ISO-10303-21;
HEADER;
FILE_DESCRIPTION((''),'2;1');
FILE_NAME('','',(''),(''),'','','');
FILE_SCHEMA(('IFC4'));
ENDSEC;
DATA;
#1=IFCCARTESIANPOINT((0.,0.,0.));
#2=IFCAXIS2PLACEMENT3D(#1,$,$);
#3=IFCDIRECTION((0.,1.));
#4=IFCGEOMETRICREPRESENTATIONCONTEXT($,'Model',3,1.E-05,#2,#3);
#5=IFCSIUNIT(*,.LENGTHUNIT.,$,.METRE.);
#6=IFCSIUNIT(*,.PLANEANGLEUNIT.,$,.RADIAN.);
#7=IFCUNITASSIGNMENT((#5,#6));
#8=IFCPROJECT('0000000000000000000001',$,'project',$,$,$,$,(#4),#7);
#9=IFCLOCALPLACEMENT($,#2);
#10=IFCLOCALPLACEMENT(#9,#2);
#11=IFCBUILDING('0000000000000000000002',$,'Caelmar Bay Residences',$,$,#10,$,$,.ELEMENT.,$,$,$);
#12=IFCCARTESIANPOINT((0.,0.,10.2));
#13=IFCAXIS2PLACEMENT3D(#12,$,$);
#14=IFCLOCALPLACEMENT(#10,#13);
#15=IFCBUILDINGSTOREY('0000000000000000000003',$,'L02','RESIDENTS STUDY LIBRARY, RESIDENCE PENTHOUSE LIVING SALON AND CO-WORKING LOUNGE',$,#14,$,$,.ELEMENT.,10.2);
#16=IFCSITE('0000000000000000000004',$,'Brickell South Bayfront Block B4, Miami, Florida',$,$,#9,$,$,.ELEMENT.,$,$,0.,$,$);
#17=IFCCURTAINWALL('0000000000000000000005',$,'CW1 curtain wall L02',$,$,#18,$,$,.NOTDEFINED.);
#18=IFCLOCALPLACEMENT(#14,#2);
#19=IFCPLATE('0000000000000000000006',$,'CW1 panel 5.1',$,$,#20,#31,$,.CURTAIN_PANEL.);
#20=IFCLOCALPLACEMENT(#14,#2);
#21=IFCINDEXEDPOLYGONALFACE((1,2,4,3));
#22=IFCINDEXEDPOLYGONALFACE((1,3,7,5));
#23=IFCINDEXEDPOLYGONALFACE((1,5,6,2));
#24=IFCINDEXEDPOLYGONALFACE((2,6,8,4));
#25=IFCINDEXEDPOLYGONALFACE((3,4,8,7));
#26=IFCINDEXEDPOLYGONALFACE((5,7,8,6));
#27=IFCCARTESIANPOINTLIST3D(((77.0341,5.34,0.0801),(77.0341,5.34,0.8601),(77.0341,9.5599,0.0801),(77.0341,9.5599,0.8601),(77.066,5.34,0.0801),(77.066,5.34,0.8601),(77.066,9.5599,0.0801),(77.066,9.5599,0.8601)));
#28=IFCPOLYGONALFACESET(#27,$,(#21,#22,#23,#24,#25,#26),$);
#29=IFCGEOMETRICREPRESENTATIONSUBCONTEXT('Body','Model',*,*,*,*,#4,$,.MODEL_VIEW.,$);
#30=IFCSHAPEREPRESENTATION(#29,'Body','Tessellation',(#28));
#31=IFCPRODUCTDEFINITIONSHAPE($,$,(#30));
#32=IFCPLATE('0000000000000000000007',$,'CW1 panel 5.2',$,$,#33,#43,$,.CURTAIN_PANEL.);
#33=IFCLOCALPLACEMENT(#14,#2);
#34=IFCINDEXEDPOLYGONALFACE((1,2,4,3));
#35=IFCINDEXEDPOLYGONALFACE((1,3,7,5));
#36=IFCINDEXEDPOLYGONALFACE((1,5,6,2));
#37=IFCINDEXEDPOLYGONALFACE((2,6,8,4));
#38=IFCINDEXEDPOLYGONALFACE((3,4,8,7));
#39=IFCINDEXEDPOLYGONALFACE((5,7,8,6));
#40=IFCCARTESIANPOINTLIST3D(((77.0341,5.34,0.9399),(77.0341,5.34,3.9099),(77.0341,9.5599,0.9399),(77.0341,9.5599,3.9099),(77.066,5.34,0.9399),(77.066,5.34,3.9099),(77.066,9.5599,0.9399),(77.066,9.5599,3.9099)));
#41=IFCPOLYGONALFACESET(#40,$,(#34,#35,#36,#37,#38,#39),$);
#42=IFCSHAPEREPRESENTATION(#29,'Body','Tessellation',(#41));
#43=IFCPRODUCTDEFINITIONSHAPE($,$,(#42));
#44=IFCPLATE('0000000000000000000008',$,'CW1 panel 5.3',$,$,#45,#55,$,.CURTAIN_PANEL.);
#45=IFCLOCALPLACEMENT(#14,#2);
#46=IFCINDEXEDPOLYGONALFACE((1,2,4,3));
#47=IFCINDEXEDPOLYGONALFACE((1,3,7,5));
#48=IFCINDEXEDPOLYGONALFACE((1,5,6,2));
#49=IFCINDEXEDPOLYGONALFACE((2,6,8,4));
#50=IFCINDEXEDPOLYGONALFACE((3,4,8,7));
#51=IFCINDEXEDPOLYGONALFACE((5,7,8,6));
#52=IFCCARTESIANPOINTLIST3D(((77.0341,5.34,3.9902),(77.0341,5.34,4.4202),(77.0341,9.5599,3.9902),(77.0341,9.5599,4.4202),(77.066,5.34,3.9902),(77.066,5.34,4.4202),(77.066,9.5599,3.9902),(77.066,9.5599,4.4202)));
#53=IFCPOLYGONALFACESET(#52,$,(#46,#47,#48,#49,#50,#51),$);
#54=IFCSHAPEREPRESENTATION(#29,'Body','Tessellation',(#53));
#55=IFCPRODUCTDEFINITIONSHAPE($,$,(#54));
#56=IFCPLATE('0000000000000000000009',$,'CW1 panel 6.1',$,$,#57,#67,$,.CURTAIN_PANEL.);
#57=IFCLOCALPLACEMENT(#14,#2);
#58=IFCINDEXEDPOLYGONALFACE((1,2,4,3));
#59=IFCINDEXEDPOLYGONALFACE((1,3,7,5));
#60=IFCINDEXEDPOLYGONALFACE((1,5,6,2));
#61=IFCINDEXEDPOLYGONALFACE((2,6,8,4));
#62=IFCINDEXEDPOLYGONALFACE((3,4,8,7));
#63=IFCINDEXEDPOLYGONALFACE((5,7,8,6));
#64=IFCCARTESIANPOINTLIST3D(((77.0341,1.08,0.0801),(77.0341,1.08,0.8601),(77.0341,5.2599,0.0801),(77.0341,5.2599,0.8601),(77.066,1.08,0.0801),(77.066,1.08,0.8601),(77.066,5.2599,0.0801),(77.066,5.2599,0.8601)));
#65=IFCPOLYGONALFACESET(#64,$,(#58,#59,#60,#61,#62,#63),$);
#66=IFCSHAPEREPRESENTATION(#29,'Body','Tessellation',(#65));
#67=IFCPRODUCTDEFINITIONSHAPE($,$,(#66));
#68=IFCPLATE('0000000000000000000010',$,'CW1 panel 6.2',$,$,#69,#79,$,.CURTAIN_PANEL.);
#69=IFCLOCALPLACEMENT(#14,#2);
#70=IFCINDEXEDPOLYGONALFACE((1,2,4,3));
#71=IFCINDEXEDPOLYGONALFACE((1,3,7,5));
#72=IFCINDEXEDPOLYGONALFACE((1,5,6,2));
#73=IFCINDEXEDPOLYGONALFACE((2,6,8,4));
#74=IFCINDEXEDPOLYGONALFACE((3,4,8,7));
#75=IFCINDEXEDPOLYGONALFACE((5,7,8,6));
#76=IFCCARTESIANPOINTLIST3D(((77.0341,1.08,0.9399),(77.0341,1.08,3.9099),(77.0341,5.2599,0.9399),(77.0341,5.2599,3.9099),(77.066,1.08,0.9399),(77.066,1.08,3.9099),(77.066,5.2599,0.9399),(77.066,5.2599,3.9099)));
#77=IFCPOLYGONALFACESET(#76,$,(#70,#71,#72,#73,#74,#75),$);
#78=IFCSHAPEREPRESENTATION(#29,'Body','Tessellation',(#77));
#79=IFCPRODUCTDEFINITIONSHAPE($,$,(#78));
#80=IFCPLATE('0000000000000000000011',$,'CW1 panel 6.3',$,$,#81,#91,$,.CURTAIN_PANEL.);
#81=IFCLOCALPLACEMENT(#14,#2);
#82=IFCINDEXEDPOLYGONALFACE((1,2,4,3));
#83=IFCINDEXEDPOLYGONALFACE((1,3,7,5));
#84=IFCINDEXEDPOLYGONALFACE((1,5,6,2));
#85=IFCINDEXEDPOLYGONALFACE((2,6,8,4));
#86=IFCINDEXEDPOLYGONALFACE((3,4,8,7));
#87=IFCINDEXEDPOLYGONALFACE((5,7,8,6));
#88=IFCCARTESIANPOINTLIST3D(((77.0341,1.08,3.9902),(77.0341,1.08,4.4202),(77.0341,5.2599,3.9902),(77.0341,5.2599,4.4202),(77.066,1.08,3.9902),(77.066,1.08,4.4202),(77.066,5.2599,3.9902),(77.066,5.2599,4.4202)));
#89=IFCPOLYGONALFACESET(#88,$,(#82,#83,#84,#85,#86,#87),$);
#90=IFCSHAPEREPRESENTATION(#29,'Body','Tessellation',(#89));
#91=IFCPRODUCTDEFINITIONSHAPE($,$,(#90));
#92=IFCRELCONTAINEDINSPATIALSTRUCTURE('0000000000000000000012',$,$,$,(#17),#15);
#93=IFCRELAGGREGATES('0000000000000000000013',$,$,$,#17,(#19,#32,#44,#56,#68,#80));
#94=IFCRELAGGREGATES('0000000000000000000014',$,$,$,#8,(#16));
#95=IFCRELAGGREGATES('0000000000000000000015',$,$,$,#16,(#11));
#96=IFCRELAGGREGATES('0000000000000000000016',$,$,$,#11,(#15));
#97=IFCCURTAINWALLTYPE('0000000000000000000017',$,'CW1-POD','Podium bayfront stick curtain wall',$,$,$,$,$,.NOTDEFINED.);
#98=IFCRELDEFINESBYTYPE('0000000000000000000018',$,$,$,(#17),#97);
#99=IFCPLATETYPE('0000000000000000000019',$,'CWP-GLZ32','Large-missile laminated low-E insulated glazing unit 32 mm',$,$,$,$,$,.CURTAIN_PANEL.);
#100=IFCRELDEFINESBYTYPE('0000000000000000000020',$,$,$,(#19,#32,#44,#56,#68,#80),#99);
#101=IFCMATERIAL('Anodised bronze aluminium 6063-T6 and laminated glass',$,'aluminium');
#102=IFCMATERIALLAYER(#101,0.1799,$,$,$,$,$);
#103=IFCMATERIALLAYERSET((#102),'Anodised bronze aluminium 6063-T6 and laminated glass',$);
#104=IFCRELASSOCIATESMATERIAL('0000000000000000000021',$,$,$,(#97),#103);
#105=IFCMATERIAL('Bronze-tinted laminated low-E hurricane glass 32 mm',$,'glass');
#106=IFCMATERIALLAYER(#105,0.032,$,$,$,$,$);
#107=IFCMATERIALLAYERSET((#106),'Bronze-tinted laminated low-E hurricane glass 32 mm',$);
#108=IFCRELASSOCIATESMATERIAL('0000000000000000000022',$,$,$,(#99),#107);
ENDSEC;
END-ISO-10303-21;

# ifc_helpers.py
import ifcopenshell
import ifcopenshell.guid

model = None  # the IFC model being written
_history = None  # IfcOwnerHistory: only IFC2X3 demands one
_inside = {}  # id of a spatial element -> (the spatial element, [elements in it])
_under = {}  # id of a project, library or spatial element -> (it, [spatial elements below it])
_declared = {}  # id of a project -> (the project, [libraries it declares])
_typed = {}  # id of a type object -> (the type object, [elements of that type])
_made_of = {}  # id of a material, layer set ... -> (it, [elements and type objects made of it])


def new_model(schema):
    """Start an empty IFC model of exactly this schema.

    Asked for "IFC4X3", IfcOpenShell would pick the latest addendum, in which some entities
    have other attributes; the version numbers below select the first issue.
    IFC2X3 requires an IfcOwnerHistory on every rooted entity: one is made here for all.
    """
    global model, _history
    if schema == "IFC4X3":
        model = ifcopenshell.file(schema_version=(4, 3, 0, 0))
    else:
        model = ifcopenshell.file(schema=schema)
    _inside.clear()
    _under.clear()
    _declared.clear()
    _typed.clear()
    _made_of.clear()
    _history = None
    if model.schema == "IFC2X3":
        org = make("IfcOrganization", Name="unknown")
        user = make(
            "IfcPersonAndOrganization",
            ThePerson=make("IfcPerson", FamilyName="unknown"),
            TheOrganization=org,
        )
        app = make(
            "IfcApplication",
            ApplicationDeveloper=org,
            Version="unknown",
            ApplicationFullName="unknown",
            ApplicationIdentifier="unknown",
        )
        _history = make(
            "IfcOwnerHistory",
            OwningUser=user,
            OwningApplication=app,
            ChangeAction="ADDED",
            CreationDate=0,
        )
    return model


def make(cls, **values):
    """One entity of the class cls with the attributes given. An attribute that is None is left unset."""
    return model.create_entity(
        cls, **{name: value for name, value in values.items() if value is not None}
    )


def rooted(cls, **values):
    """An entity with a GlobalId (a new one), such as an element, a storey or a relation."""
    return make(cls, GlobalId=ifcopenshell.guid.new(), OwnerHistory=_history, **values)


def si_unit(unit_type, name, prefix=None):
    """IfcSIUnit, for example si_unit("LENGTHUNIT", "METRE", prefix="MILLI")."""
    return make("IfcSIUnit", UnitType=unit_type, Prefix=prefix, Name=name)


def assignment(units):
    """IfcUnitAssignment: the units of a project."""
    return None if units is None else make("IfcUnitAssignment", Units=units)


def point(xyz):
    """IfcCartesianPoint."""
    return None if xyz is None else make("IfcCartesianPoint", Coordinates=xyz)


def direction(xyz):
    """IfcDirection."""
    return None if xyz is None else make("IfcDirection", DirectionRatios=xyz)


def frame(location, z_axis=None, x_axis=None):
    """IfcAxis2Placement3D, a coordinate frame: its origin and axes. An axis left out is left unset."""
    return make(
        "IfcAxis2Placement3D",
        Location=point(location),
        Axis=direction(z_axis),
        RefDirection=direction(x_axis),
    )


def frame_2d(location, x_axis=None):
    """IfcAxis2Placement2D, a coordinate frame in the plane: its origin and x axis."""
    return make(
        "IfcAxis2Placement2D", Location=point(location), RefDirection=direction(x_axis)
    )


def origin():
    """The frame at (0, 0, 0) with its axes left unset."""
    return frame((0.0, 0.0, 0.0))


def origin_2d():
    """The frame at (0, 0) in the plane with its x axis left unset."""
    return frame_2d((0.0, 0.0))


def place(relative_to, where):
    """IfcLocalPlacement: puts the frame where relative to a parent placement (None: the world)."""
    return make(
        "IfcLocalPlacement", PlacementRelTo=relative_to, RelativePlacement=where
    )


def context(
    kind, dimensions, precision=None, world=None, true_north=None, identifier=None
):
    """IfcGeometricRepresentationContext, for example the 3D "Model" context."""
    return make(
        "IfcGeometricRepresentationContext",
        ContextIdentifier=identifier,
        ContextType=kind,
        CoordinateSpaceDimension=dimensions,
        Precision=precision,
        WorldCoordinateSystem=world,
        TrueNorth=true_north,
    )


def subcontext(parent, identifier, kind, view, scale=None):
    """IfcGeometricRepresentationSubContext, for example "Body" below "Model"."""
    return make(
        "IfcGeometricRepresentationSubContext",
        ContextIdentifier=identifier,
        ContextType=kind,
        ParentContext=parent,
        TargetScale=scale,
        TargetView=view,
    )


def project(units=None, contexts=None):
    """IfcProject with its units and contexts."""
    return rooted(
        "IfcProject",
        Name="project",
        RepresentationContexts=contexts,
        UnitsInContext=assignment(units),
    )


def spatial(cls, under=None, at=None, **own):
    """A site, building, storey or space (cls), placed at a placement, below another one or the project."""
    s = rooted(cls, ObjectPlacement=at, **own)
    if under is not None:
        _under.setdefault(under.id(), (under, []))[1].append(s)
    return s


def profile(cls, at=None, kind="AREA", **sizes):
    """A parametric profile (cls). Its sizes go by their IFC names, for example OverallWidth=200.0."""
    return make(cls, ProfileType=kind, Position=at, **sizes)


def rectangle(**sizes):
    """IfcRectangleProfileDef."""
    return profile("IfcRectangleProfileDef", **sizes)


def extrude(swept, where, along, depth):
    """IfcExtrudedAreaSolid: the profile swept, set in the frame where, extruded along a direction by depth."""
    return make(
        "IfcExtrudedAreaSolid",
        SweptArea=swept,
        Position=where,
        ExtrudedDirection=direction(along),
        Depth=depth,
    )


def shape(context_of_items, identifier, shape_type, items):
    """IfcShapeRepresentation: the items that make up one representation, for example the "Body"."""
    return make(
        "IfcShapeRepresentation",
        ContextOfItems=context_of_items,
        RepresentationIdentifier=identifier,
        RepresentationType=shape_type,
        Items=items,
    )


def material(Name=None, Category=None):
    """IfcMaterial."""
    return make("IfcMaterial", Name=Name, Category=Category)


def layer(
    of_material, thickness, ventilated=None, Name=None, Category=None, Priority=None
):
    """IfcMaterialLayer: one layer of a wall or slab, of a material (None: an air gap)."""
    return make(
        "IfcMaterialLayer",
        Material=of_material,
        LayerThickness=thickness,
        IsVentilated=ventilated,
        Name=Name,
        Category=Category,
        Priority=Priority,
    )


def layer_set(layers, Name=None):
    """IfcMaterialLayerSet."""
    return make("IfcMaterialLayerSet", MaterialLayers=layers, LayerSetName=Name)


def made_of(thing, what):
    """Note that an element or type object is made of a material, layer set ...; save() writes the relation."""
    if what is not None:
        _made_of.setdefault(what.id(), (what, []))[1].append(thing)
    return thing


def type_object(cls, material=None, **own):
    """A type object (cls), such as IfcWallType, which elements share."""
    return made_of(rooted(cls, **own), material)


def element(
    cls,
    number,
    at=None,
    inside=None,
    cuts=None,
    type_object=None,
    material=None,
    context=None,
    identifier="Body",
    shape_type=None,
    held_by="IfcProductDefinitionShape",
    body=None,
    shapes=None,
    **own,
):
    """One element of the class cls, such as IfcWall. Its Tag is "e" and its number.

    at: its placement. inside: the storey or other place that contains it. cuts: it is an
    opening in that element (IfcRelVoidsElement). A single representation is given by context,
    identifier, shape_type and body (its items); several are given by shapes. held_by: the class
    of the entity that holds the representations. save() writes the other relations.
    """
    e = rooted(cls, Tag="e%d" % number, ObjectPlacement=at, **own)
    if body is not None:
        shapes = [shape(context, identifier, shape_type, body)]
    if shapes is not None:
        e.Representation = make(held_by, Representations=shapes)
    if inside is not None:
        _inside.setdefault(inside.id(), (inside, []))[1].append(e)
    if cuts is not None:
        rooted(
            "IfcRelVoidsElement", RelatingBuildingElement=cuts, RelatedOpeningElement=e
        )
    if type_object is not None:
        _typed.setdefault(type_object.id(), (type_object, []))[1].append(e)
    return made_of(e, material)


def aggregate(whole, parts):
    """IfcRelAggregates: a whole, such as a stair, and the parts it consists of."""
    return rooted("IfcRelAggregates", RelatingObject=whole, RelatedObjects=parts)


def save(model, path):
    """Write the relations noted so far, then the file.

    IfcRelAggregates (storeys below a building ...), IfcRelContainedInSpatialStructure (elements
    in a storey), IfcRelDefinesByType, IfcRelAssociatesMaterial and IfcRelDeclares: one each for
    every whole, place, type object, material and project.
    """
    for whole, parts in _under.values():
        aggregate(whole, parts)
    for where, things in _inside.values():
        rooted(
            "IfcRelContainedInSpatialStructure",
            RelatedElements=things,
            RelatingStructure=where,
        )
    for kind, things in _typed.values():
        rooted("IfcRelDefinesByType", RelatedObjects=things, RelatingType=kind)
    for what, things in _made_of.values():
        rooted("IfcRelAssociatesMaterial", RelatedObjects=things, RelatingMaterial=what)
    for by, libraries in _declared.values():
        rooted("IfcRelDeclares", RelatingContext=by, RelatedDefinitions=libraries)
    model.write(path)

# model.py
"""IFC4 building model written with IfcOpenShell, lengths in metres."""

from ifc_helpers import new_model, si_unit, direction, frame, origin, origin_2d, place, context, subcontext, project, spatial, rectangle, extrude, material, layer, layer_set, type_object, element, aggregate, save


model = new_model("IFC4")

# Units and contexts
model_context = context("Model", 3, precision=1e-05, world=origin(), true_north=direction((0.0, 1.0)))
body_context = subcontext(model_context, "Body", "Model", "MODEL_VIEW")
ifc_project = project(units=[si_unit("LENGTHUNIT", "METRE"), si_unit("PLANEANGLEUNIT", "RADIAN")], contexts=[model_context])

# Site, building, storey
site_placement = place(None, origin())
site = spatial("IfcSite", under=ifc_project, at=site_placement, Name="Brickell South Bayfront Block B4, Miami, Florida", CompositionType="ELEMENT", RefElevation=0.0)
building_placement = place(site_placement, origin())
building = spatial("IfcBuilding", under=site, at=building_placement, Name="Caelmar Bay Residences", CompositionType="ELEMENT")
storey_placement = place(building_placement, frame((0.0, 0.0, 10.2)))
storey = spatial("IfcBuildingStorey", under=building, at=storey_placement, Name="L02", Description="RESIDENTS STUDY LIBRARY, RESIDENCE PENTHOUSE LIVING SALON AND CO-WORKING LOUNGE", CompositionType="ELEMENT", Elevation=10.2)

# Curtain wall, plates
ifc_material_1 = material(Name="Anodised bronze aluminium 6063-T6 and laminated glass", Category="aluminium")
ifc_layer_1 = layer(ifc_material_1, 0.1799)
ifc_layer_set_1 = layer_set([ifc_layer_1], Name="Anodised bronze aluminium 6063-T6 and laminated glass")
curtain_wall_type = type_object("IfcCurtainWallType", Name="CW1-POD", Description="Podium bayfront stick curtain wall", PredefinedType="NOTDEFINED", material=ifc_layer_set_1)
curtain_wall_placement = place(storey_placement, origin())
curtain_wall = element("IfcCurtainWall", 1, at=curtain_wall_placement, inside=storey, type_object=curtain_wall_type, Name="CW1 curtain wall L02", PredefinedType="NOTDEFINED")
ifc_material_2 = material(Name="Bronze-tinted laminated low-E hurricane glass 32 mm", Category="glass")
ifc_layer_2 = layer(ifc_material_2, 0.032)
ifc_layer_set_2 = layer_set([ifc_layer_2], Name="Bronze-tinted laminated low-E hurricane glass 32 mm")
plate_type = type_object("IfcPlateType", Name="CWP-GLZ32", Description="Large-missile laminated low-E insulated glazing unit 32 mm", PredefinedType="CURTAIN_PANEL", material=ifc_layer_set_2)
plate_1_placement = place(storey_placement, frame((77.05, 7.45, 0.0801), z_axis=(0.0, 0.0, 1.0), x_axis=(0.0, -1.0, 0.0)))
plate_1 = element("IfcPlate", 2, at=plate_1_placement, type_object=plate_type, Name="CW1 panel 5.1", PredefinedType="CURTAIN_PANEL", context=body_context, shape_type="SweptSolid", body=[
    extrude(rectangle(XDim=4.22, YDim=0.032, at=origin_2d()), origin(), (0.0, 0.0, 1.0), 0.78),
])
plate_2_placement = place(storey_placement, frame((77.05, 7.45, 0.9399), z_axis=(0.0, 0.0, 1.0), x_axis=(0.0, -1.0, 0.0)))
plate_2 = element("IfcPlate", 3, at=plate_2_placement, type_object=plate_type, Name="CW1 panel 5.2", PredefinedType="CURTAIN_PANEL", context=body_context, shape_type="SweptSolid", body=[
    extrude(rectangle(XDim=4.22, YDim=0.032, at=origin_2d()), origin(), (0.0, 0.0, 1.0), 2.97),
])
plate_3_placement = place(storey_placement, frame((77.05, 7.45, 3.9902), z_axis=(0.0, 0.0, 1.0), x_axis=(0.0, -1.0, 0.0)))
plate_3 = element("IfcPlate", 4, at=plate_3_placement, type_object=plate_type, Name="CW1 panel 5.3", PredefinedType="CURTAIN_PANEL", context=body_context, shape_type="SweptSolid", body=[
    extrude(rectangle(XDim=4.22, YDim=0.032, at=origin_2d()), origin(), (0.0, 0.0, 1.0), 0.4299),
])
plate_4_placement = place(storey_placement, frame((77.05, 3.1699, 0.0801), z_axis=(0.0, 0.0, 1.0), x_axis=(0.0, -1.0, 0.0)))
plate_4 = element("IfcPlate", 5, at=plate_4_placement, type_object=plate_type, Name="CW1 panel 6.1", PredefinedType="CURTAIN_PANEL", context=body_context, shape_type="SweptSolid", body=[
    extrude(rectangle(XDim=4.1799, YDim=0.032, at=origin_2d()), origin(), (0.0, 0.0, 1.0), 0.78),
])
plate_5_placement = place(storey_placement, frame((77.05, 3.1699, 0.9399), z_axis=(0.0, 0.0, 1.0), x_axis=(0.0, -1.0, 0.0)))
plate_5 = element("IfcPlate", 6, at=plate_5_placement, type_object=plate_type, Name="CW1 panel 6.2", PredefinedType="CURTAIN_PANEL", context=body_context, shape_type="SweptSolid", body=[
    extrude(rectangle(XDim=4.1799, YDim=0.032, at=origin_2d()), origin(), (0.0, 0.0, 1.0), 2.97),
])
plate_6_placement = place(storey_placement, frame((77.05, 3.1699, 3.9902), z_axis=(0.0, 0.0, 1.0), x_axis=(0.0, -1.0, 0.0)))
plate_6 = element("IfcPlate", 7, at=plate_6_placement, type_object=plate_type, Name="CW1 panel 6.3", PredefinedType="CURTAIN_PANEL", context=body_context, shape_type="SweptSolid", body=[
    extrude(rectangle(XDim=4.1799, YDim=0.032, at=origin_2d()), origin(), (0.0, 0.0, 1.0), 0.4299),
])
aggregate(curtain_wall, [plate_1, plate_2, plate_3, plate_4, plate_5, plate_6])

save(model, "model.ifc")
